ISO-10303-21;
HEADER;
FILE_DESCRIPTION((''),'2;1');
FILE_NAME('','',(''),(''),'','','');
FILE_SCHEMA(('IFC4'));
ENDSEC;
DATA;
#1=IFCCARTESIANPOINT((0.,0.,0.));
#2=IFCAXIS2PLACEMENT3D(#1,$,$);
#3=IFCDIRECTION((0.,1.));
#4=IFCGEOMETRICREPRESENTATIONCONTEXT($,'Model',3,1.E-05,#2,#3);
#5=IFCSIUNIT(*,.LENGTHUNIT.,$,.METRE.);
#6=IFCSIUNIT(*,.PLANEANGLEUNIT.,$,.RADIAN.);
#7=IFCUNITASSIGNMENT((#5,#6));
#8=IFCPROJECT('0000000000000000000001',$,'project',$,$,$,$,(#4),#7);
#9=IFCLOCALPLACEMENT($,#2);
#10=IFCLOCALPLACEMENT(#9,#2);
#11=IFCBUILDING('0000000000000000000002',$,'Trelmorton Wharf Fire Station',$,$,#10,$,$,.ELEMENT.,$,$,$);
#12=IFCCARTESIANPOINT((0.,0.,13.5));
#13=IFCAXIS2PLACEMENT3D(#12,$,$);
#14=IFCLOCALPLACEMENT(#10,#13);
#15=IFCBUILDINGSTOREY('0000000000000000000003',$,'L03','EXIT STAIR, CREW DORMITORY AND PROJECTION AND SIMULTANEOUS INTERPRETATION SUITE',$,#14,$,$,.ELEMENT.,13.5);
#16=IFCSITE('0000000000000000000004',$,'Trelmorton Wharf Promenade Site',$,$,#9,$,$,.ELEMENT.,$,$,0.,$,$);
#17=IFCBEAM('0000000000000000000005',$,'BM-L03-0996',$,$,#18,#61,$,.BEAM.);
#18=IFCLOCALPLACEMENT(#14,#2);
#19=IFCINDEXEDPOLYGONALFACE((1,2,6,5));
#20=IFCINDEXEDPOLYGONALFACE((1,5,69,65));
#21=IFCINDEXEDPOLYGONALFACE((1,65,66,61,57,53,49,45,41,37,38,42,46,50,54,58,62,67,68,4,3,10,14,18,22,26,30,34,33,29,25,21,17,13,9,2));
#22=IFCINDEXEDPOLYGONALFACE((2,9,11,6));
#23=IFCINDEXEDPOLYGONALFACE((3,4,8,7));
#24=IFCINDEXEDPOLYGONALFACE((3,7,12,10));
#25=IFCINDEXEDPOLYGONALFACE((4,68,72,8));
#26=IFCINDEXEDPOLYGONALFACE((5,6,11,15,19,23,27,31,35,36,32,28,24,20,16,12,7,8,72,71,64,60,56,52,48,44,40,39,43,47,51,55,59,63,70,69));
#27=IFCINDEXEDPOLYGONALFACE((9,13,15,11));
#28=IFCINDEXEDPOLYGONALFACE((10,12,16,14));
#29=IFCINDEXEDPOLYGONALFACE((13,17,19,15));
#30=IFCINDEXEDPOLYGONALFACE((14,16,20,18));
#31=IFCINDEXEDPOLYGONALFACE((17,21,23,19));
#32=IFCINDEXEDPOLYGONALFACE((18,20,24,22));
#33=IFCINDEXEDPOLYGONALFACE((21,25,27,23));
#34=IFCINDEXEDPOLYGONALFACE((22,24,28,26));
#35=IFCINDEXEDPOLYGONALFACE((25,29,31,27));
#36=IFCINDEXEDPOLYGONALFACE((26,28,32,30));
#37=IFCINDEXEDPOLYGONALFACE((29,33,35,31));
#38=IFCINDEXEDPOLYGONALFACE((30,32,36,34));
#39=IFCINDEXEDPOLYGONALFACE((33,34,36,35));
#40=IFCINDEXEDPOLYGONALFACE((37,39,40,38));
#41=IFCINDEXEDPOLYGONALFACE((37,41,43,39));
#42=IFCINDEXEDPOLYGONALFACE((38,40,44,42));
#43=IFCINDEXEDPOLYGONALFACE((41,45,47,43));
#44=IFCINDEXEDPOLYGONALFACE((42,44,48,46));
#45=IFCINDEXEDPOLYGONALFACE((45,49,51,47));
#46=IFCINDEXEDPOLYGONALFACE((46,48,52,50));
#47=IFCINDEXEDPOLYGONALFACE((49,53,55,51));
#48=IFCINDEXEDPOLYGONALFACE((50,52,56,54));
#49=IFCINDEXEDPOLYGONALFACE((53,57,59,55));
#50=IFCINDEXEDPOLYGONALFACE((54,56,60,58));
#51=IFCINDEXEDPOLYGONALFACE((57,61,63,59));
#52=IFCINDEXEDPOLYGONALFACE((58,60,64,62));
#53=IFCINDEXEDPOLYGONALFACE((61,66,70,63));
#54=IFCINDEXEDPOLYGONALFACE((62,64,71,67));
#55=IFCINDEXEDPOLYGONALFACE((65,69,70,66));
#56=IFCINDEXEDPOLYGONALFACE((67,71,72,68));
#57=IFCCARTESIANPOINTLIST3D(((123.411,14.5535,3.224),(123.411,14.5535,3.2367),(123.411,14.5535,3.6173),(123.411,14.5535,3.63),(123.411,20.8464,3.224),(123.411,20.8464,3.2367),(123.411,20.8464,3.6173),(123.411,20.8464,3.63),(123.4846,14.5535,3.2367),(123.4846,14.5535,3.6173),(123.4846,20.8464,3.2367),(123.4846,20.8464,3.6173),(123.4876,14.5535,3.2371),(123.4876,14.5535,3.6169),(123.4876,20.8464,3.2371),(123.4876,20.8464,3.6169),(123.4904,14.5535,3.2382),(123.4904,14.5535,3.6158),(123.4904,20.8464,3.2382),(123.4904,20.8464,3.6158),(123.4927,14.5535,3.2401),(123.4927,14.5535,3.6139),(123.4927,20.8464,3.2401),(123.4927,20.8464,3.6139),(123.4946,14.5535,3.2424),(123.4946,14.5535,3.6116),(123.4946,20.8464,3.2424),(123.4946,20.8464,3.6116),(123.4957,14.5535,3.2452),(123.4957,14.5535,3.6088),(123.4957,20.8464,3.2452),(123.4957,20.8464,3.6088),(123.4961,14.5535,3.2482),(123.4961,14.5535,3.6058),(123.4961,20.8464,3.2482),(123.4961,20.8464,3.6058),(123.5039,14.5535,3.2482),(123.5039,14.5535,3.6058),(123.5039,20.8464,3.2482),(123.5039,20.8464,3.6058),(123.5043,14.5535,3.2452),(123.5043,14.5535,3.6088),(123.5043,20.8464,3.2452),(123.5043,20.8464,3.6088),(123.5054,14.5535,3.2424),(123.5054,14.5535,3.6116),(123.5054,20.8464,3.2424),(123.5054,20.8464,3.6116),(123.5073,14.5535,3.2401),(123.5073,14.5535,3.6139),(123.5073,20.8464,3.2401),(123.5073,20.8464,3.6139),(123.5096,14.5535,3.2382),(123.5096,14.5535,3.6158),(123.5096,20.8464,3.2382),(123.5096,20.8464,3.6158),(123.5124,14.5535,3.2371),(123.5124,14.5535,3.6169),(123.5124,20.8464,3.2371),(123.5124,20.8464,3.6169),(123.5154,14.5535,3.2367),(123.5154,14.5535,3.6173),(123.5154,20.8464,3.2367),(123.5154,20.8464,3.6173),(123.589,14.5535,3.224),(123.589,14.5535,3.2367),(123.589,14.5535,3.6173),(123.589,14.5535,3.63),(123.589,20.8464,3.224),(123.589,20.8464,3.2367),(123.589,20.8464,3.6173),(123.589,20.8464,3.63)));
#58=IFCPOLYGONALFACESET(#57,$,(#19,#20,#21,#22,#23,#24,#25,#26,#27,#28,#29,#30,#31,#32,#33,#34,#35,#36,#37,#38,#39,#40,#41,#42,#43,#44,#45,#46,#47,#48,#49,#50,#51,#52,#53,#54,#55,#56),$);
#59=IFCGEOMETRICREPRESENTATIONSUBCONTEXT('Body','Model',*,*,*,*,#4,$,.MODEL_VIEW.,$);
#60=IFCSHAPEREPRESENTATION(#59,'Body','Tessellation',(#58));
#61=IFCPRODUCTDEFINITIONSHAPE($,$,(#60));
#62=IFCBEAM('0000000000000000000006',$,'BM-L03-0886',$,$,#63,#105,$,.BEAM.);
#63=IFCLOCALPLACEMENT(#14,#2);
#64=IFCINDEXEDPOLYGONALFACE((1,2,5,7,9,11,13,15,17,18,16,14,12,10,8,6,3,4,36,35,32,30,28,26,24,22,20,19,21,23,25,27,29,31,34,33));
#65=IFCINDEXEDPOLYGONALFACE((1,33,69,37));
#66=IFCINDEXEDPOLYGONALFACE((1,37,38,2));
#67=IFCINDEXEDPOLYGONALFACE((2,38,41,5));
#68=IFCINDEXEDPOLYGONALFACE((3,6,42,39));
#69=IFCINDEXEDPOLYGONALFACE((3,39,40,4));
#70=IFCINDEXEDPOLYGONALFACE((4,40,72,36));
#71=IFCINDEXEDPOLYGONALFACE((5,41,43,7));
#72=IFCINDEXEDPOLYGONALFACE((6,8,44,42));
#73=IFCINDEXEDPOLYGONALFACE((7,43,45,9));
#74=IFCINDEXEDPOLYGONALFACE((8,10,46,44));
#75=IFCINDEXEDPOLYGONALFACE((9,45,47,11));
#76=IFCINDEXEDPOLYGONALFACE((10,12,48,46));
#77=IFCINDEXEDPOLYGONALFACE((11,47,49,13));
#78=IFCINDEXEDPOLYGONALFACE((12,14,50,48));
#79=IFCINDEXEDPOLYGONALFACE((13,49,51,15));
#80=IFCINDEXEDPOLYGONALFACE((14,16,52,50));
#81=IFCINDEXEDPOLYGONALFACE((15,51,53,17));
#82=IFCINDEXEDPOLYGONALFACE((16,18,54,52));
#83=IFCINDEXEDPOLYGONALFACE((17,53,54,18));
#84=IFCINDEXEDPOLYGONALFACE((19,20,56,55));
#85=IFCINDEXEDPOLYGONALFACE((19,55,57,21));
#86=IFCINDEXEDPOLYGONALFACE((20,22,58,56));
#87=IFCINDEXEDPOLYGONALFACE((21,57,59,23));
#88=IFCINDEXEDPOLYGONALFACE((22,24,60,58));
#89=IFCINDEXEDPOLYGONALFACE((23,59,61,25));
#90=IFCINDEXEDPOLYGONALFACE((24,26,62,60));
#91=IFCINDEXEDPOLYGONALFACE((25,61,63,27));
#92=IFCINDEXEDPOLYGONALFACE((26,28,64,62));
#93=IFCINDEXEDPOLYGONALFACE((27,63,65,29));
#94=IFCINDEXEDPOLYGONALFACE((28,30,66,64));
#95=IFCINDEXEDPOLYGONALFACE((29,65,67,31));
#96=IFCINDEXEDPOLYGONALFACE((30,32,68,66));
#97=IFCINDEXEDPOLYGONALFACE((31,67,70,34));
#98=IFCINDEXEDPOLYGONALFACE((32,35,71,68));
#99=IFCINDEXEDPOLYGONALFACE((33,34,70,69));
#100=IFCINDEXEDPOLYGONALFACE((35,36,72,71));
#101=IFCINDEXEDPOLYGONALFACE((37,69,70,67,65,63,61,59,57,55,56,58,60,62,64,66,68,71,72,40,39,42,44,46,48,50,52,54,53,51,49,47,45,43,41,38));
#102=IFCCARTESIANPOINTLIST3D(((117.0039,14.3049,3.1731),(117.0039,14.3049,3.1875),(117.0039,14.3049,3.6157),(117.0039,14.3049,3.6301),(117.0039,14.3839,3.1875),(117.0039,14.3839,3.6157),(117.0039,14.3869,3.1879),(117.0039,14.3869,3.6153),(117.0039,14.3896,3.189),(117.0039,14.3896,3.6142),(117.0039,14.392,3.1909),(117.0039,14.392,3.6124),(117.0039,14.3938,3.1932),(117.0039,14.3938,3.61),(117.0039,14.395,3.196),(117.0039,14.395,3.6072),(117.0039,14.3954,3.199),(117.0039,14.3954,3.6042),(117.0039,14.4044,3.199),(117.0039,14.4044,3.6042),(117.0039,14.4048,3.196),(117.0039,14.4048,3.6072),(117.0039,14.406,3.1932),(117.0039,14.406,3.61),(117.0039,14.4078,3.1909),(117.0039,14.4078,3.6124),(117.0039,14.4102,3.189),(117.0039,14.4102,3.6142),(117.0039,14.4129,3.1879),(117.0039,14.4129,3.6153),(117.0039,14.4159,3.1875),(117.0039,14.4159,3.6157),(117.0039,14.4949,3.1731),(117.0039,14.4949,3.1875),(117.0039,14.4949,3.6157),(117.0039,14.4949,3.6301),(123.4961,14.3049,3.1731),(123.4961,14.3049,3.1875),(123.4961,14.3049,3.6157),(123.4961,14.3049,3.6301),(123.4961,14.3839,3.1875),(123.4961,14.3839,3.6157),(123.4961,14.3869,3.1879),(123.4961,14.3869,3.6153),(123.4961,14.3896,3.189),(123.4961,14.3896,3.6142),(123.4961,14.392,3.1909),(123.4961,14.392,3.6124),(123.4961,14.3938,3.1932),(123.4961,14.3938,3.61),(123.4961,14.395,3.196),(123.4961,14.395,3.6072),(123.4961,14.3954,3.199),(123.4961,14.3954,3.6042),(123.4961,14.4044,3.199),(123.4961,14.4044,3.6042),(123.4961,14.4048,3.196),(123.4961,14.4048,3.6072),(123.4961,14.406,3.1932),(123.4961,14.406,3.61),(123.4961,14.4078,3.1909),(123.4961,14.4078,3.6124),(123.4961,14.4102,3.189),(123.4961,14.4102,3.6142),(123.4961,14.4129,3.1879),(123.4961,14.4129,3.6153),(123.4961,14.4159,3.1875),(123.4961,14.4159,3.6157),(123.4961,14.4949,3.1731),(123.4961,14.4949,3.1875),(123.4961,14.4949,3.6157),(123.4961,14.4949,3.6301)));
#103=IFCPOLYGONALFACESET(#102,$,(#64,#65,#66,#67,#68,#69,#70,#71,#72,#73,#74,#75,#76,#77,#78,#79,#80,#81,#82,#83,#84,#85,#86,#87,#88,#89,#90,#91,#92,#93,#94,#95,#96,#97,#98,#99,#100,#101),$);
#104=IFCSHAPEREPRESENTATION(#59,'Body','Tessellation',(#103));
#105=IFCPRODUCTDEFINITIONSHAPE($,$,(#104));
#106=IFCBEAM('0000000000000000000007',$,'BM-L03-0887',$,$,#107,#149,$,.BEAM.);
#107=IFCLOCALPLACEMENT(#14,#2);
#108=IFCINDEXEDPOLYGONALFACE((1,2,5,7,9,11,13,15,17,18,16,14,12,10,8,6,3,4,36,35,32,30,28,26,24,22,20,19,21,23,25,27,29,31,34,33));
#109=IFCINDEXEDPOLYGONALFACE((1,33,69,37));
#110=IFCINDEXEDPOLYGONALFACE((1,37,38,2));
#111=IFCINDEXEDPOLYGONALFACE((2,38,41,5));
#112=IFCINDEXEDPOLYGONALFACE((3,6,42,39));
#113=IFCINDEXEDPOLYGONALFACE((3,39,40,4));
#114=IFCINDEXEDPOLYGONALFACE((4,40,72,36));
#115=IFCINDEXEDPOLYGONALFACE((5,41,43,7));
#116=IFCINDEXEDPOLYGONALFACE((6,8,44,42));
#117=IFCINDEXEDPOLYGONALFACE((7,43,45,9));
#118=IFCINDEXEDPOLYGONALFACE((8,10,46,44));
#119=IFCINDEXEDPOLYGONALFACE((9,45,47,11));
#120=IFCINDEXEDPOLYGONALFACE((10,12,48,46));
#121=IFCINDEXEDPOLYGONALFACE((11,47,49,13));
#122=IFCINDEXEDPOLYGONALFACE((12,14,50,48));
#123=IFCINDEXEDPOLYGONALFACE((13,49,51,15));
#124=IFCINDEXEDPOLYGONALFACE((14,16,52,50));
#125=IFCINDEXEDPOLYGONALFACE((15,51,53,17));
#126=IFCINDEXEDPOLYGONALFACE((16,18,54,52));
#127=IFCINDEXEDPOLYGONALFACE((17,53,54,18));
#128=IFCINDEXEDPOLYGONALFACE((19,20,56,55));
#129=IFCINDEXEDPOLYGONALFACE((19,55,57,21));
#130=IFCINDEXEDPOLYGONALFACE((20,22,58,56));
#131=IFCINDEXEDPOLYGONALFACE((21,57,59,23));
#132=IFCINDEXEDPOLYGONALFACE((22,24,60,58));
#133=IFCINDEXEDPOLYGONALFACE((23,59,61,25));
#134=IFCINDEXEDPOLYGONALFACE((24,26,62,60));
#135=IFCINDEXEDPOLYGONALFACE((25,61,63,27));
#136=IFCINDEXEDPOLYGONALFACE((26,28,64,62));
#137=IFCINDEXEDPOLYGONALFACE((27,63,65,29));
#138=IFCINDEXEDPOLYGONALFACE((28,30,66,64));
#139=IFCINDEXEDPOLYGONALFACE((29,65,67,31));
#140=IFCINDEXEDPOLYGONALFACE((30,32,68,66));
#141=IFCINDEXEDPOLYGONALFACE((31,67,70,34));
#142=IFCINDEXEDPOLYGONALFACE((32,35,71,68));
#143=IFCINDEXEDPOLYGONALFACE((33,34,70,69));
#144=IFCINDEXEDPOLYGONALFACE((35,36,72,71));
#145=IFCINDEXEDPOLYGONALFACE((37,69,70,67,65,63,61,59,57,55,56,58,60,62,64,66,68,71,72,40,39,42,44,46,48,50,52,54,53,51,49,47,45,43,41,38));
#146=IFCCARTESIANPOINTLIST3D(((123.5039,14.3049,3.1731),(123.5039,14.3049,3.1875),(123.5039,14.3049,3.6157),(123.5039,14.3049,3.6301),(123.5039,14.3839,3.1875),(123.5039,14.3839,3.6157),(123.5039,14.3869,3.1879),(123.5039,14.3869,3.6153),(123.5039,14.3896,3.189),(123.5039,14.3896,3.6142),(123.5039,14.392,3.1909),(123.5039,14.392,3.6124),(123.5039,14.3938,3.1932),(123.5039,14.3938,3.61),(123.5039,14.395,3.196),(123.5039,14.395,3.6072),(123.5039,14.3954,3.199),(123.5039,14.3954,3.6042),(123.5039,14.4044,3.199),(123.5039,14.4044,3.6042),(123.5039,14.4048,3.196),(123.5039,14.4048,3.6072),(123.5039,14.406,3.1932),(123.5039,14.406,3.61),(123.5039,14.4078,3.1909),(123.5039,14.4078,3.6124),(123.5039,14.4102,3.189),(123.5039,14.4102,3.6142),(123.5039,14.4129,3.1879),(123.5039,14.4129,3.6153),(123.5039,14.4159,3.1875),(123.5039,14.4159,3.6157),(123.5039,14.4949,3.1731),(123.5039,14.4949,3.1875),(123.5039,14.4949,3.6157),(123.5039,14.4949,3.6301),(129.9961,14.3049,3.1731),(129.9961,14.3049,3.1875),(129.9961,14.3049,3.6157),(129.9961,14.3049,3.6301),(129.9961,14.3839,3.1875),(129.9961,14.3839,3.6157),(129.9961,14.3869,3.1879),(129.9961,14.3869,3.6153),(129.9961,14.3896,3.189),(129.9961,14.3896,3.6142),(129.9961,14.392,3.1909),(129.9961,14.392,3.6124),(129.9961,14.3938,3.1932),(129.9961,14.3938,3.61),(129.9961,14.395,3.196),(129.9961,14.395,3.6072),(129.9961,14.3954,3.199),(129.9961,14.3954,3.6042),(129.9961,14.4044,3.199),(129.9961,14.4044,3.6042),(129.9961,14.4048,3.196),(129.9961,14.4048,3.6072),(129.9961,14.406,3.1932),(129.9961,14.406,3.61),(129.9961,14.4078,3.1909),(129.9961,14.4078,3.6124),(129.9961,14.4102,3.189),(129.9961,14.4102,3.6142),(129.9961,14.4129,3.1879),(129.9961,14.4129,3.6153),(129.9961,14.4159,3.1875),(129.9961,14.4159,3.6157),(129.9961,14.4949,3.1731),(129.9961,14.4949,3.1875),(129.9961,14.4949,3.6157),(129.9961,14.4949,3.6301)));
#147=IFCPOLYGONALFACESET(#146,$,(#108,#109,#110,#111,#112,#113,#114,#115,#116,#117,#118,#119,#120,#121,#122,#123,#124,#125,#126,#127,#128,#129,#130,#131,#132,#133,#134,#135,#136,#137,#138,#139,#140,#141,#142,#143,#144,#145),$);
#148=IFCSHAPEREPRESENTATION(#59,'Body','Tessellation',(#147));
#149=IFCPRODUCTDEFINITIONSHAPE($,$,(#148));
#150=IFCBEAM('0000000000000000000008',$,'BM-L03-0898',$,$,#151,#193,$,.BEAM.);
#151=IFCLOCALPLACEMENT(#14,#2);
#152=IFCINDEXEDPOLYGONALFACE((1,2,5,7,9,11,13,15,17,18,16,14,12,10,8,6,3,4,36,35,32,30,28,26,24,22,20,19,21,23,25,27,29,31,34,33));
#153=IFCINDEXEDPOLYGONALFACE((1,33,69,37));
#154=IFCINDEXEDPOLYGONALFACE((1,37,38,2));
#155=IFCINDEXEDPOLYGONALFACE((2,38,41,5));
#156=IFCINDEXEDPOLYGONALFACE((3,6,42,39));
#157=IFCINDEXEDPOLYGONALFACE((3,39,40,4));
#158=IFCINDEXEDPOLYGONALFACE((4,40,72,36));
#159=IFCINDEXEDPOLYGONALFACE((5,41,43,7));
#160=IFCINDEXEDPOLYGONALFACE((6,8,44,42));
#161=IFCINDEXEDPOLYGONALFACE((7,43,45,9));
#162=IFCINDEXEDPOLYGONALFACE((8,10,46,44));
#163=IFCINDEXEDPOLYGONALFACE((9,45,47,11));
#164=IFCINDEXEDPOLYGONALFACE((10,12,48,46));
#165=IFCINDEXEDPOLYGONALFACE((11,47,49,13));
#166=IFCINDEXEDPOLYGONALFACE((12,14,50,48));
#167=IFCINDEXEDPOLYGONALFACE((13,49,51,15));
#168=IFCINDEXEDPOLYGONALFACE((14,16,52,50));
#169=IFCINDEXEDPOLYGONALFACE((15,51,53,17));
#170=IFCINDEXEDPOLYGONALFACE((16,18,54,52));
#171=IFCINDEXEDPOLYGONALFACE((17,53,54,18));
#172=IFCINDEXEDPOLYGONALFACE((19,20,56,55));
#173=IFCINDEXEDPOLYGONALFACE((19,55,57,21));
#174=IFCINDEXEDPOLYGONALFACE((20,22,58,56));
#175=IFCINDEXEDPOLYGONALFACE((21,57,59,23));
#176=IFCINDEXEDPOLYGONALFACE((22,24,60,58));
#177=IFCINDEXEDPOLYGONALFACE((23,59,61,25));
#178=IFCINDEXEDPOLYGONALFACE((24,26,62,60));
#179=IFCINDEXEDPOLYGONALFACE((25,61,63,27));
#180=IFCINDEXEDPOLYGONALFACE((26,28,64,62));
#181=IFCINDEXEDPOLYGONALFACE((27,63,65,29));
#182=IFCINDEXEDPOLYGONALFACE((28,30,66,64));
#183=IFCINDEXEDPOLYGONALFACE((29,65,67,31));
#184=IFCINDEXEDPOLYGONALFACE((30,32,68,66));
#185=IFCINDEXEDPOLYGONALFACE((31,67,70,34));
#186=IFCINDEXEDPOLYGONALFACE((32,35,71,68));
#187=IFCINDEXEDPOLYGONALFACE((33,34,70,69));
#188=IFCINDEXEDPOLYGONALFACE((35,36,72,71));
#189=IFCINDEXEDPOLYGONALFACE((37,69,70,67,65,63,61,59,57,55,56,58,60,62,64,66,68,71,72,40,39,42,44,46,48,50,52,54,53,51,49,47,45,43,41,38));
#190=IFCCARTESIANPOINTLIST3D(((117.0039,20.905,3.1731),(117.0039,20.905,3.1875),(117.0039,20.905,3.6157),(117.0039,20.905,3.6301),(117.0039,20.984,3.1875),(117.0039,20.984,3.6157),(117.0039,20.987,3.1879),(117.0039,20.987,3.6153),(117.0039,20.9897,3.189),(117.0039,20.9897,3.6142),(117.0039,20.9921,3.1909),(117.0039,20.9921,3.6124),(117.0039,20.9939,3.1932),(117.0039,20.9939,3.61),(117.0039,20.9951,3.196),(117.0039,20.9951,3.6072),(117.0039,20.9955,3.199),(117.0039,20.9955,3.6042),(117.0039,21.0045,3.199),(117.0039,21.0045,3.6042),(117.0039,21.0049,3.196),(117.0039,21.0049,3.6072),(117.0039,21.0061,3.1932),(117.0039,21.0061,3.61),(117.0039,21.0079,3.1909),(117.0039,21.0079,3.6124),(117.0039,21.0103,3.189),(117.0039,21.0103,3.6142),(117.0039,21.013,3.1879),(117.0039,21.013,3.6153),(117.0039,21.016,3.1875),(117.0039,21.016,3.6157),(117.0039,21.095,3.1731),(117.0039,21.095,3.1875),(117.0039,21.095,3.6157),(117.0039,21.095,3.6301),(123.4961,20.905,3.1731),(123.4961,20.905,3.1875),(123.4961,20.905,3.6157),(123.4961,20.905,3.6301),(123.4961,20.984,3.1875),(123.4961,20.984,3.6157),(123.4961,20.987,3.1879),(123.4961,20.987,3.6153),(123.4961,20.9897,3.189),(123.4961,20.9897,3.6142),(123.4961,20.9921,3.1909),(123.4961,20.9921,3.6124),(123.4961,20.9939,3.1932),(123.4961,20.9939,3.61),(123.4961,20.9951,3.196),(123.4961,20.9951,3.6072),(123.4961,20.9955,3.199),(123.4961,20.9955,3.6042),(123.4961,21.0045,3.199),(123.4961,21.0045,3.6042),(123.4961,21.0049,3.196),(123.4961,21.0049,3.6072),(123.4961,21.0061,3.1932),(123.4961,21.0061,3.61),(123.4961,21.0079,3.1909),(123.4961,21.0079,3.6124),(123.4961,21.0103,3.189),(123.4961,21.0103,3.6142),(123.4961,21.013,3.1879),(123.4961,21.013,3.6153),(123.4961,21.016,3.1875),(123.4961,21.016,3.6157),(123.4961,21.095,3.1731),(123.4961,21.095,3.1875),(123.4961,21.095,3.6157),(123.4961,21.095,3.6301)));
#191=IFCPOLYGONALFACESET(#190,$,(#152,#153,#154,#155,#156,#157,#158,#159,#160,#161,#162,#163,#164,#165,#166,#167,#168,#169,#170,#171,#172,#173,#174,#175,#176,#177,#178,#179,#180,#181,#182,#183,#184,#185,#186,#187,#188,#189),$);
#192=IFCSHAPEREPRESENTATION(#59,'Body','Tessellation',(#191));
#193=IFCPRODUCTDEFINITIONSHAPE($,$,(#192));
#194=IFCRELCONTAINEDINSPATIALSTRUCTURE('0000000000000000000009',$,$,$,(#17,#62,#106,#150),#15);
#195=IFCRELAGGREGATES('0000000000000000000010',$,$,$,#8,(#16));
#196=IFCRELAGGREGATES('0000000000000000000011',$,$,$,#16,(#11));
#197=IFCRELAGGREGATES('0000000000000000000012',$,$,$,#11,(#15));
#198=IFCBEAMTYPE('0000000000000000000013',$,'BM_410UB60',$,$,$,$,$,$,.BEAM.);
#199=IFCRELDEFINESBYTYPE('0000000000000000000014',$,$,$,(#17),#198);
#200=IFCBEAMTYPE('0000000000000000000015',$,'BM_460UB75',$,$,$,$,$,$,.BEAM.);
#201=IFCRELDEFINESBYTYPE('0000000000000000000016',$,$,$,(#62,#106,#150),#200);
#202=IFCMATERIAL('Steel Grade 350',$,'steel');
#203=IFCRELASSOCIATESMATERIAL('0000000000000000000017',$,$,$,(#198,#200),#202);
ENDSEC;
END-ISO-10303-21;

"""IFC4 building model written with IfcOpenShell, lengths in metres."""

from ifc_helpers import new_model, si_unit, direction, frame, origin, origin_2d, place, context, subcontext, project, spatial, i_section, extrude, material, material_profile, profile_set, type_object, element, save


model = new_model("IFC4")

# Units and contexts
model_context = context("Model", 3, precision=1e-05, world=origin(), true_north=direction((0.0, 1.0)))
body_context = subcontext(model_context, "Body", "Model", "MODEL_VIEW")
ifc_project = project(units=[si_unit("LENGTHUNIT", "METRE"), si_unit("PLANEANGLEUNIT", "RADIAN")], contexts=[model_context])

# Site, building, storey
site_placement = place(None, origin())
site = spatial("IfcSite", under=ifc_project, at=site_placement, Name="Trelmorton Wharf Promenade Site", CompositionType="ELEMENT", RefElevation=0.0)
building_placement = place(site_placement, origin())
building = spatial("IfcBuilding", under=site, at=building_placement, Name="Trelmorton Wharf Fire Station", CompositionType="ELEMENT")
storey_placement = place(building_placement, frame((0.0, 0.0, 13.5)))
storey = spatial("IfcBuildingStorey", under=building, at=storey_placement, Name="L03", Description="EXIT STAIR, CREW DORMITORY AND PROJECTION AND SIMULTANEOUS INTERPRETATION SUITE", CompositionType="ELEMENT", Elevation=13.5)

# Shared definitions
ifc_material_1 = material(Name="Steel Grade 350", Category="steel")

# Beams
ifc_material_profile_1 = material_profile(ifc_material_1, i_section(OverallWidth=0.178, OverallDepth=0.406, WebThickness=0.0078, FlangeThickness=0.0127, FilletRadius=0.0115, at=origin_2d()), Name="410UB59.7")
ifc_profile_set_1 = profile_set([ifc_material_profile_1], Name="Steel Grade 350")
beam_type_1 = type_object("IfcBeamType", Name="BM_410UB60", PredefinedType="BEAM", material=ifc_profile_set_1)
for number, where, z_axis, x_axis, name in (
    (1, (123.5, 14.5535, 3.427), (0.0, 1.0, 0.0), (-1.0, 0.0, 0.0), "BM-L03-0996"),
):
    element("IfcBeam", number, at=place(storey_placement, frame(where, z_axis=z_axis, x_axis=x_axis)), inside=storey, type_object=beam_type_1, Name=name, PredefinedType="BEAM", context=body_context, shape_type="SweptSolid", body=[
        extrude(i_section(OverallWidth=0.178, OverallDepth=0.406, WebThickness=0.0078, FlangeThickness=0.0127, FilletRadius=0.0115, at=origin_2d()), origin(), (0.0, 0.0, 1.0), 6.293),
    ])
ifc_material_profile_2 = material_profile(ifc_material_1, i_section(OverallWidth=0.1899, OverallDepth=0.457, WebThickness=0.009, FlangeThickness=0.0144, FilletRadius=0.0115, at=origin_2d()), Name="460UB74.6")
ifc_profile_set_2 = profile_set([ifc_material_profile_2], Name="Steel Grade 350")
beam_type_2 = type_object("IfcBeamType", Name="BM_460UB75", PredefinedType="BEAM", material=ifc_profile_set_2)
for number, where, z_axis, x_axis, name in (
    (2, (117.0039, 14.3999, 3.4016), (1.0, 0.0, 0.0), (0.0, 1.0, 0.0), "BM-L03-0886"),
    (3, (123.5039, 14.3999, 3.4016), (1.0, 0.0, 0.0), (0.0, 1.0, 0.0), "BM-L03-0887"),
    (4, (117.0039, 21.0, 3.4016), (1.0, 0.0, 0.0), (0.0, 1.0, 0.0), "BM-L03-0898"),
):
    element("IfcBeam", number, at=place(storey_placement, frame(where, z_axis=z_axis, x_axis=x_axis)), inside=storey, type_object=beam_type_2, Name=name, PredefinedType="BEAM", context=body_context, shape_type="SweptSolid", body=[
        extrude(i_section(OverallWidth=0.1899, OverallDepth=0.457, WebThickness=0.009, FlangeThickness=0.0144, FilletRadius=0.0115, at=origin_2d()), origin(), (0.0, 0.0, 1.0), 6.4922),
    ])

save(model, "model.ifc")
